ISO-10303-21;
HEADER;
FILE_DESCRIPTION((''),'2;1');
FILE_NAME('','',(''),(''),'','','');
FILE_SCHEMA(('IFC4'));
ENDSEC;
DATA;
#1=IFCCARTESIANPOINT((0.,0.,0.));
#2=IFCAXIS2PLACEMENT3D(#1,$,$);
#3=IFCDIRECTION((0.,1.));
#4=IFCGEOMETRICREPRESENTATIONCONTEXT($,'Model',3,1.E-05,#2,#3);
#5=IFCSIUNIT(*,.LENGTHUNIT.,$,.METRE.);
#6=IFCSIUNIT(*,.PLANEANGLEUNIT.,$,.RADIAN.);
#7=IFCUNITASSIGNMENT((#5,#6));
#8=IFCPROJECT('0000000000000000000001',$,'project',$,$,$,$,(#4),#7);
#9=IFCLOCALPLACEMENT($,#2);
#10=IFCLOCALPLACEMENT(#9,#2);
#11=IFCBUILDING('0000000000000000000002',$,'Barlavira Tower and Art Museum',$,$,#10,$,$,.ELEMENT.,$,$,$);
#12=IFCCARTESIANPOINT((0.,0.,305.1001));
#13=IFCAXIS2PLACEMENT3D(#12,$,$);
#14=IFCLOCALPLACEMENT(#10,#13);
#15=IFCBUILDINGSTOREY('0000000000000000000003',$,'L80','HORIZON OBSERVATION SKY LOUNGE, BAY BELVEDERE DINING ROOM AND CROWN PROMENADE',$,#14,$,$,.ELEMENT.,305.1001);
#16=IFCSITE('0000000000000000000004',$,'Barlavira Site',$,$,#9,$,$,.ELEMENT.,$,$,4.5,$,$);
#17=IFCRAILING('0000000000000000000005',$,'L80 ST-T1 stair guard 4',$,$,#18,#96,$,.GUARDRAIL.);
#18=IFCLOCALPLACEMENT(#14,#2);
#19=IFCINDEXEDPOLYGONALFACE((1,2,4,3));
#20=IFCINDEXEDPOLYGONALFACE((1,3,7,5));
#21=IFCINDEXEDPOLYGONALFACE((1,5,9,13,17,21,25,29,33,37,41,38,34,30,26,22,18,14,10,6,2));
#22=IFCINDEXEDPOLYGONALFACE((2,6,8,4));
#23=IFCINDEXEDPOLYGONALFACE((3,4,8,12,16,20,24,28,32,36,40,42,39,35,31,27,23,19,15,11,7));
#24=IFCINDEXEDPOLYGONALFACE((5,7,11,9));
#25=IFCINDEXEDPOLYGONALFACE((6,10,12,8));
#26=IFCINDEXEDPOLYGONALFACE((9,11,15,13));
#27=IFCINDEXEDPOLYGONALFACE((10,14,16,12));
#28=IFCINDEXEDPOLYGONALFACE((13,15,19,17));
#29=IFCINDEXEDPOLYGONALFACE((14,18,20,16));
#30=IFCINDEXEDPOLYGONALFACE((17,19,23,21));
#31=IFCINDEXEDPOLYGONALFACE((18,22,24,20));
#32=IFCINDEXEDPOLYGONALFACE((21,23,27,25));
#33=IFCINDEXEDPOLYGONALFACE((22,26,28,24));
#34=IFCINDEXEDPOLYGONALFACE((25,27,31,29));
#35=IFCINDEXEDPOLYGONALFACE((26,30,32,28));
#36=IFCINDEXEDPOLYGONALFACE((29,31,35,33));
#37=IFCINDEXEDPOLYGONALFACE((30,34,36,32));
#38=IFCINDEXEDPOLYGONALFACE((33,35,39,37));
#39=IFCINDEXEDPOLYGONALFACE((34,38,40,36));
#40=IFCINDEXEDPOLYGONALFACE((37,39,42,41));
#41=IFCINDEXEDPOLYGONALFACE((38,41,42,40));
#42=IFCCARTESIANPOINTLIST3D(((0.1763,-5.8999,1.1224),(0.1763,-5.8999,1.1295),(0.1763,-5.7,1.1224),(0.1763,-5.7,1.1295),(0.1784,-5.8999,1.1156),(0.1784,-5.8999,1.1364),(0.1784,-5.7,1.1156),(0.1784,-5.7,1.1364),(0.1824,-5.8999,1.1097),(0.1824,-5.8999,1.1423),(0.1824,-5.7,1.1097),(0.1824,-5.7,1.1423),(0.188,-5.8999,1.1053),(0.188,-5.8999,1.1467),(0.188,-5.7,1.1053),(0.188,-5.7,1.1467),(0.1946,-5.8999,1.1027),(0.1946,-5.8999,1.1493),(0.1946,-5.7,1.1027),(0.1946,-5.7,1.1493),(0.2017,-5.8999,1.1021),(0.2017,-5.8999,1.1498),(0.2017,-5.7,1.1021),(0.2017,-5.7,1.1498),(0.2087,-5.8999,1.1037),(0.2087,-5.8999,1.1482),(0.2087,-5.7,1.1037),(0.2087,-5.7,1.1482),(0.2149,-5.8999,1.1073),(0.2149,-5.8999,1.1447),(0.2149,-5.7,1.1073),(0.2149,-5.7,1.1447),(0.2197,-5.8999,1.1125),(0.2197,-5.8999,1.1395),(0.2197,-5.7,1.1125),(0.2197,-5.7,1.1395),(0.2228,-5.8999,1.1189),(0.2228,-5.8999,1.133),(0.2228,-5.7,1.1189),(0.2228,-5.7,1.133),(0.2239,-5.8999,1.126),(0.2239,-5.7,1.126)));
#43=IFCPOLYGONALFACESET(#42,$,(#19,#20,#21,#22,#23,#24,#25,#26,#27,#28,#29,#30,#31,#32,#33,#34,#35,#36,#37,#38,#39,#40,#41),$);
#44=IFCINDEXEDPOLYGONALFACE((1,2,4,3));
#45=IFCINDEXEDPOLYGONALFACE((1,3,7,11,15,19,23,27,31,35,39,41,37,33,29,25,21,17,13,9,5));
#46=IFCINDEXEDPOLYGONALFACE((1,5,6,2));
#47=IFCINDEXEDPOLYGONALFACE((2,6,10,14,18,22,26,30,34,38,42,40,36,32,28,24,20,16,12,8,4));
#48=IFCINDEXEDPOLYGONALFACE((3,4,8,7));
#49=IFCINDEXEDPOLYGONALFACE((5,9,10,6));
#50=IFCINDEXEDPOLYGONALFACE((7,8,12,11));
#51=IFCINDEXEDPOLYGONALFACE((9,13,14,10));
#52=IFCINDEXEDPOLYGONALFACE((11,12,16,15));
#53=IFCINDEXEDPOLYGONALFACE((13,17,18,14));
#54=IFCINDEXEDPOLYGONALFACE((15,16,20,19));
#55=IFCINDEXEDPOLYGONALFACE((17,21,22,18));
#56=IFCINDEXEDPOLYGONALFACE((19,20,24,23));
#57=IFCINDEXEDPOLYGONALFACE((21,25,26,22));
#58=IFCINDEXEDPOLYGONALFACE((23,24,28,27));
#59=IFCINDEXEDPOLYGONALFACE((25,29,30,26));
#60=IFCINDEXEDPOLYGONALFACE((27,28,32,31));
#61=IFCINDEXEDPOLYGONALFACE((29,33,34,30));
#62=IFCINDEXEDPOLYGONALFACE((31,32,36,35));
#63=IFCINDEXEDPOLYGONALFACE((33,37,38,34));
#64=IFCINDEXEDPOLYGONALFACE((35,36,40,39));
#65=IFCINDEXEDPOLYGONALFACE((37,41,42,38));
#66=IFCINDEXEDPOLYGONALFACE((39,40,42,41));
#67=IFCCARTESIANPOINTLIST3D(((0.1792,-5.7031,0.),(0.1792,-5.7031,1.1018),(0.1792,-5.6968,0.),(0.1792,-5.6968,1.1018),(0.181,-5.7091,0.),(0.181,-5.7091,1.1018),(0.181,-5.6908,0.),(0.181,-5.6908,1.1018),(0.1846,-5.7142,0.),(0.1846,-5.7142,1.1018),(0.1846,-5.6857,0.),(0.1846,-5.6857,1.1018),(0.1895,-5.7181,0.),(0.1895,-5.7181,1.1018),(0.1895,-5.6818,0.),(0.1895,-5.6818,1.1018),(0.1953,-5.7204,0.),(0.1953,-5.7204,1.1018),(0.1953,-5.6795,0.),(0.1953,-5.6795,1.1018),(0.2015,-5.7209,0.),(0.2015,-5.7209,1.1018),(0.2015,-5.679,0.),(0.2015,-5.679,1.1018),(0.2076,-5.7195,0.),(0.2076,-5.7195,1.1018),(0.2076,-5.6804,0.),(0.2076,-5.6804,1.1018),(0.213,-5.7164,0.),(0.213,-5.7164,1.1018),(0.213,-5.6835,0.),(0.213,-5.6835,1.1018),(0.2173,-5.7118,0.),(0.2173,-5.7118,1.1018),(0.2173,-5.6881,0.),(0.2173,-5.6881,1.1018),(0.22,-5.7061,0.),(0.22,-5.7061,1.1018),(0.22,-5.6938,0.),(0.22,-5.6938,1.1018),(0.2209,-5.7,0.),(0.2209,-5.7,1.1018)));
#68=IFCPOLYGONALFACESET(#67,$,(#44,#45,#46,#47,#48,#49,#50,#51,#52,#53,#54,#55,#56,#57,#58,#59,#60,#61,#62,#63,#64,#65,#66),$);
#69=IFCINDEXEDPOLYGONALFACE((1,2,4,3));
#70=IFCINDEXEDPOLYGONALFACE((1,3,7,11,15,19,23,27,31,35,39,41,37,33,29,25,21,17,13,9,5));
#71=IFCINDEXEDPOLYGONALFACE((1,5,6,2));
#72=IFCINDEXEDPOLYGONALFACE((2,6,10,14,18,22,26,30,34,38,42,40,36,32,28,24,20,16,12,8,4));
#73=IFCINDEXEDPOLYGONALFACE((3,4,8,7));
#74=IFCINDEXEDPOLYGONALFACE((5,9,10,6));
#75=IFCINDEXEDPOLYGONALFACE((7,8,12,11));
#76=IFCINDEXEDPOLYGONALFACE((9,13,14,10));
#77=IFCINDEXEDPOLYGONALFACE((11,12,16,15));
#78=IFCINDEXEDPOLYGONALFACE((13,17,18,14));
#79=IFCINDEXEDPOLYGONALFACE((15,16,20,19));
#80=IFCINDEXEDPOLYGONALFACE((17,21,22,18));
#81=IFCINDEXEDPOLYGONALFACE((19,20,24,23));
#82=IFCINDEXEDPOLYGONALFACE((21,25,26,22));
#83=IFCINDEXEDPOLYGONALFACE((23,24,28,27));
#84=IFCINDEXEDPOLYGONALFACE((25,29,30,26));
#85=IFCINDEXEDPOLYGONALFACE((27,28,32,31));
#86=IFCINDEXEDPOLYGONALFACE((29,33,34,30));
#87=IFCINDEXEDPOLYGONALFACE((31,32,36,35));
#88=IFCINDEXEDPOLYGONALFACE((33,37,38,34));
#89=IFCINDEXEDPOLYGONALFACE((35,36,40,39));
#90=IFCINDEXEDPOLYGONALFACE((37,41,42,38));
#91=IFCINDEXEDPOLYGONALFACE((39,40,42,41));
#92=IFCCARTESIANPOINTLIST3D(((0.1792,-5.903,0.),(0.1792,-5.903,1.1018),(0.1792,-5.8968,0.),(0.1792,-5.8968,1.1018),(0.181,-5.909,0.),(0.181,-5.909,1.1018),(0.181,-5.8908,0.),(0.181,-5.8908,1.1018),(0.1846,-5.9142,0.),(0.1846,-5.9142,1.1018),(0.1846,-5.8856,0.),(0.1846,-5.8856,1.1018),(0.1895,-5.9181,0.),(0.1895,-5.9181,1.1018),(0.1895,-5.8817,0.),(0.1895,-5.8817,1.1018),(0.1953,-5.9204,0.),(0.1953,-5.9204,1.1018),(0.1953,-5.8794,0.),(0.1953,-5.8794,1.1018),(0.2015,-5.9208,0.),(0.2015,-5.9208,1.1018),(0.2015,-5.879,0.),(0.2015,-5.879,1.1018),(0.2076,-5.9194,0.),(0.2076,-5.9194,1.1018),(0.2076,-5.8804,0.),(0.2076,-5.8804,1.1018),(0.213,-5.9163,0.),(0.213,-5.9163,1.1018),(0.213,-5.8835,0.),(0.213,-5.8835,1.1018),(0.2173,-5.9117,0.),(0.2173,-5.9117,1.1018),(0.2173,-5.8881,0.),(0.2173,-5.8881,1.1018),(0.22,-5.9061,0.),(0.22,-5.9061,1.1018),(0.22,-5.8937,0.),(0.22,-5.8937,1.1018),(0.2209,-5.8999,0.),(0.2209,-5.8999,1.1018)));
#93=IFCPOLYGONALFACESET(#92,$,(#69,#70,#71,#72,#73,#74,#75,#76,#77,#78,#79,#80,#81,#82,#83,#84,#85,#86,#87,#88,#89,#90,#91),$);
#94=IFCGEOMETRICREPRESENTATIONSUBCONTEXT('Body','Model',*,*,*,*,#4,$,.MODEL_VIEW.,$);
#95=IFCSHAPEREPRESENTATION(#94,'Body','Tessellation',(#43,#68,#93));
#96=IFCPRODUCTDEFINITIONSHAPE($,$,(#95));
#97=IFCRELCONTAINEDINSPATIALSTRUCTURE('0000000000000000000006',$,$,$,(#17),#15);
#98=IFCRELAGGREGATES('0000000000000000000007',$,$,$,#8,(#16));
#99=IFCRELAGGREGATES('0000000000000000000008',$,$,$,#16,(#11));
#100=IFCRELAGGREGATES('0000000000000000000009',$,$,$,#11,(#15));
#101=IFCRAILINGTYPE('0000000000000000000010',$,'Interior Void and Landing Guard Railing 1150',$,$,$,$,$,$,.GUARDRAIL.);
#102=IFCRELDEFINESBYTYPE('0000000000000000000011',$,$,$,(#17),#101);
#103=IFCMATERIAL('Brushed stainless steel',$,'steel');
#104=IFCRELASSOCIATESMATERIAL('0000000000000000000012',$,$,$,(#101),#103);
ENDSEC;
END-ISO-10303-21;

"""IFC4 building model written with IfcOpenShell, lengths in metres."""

from ifc_helpers import new_model, si_unit, direction, frame, origin, origin_2d, place, context, subcontext, project, spatial, circle, extrude, material, type_object, element, save


model = new_model("IFC4")

# Units and contexts
model_context = context("Model", 3, precision=1e-05, world=origin(), true_north=direction((0.0, 1.0)))
body_context = subcontext(model_context, "Body", "Model", "MODEL_VIEW")
ifc_project = project(units=[si_unit("LENGTHUNIT", "METRE"), si_unit("PLANEANGLEUNIT", "RADIAN")], contexts=[model_context])

# Site, building, storey
site_placement = place(None, origin())
site = spatial("IfcSite", under=ifc_project, at=site_placement, Name="Barlavira Site", CompositionType="ELEMENT", RefElevation=4.5)
building_placement = place(site_placement, origin())
building = spatial("IfcBuilding", under=site, at=building_placement, Name="Barlavira Tower and Art Museum", CompositionType="ELEMENT")
storey_placement = place(building_placement, frame((0.0, 0.0, 305.1001)))
storey = spatial("IfcBuildingStorey", under=building, at=storey_placement, Name="L80", Description="HORIZON OBSERVATION SKY LOUNGE, BAY BELVEDERE DINING ROOM AND CROWN PROMENADE", CompositionType="ELEMENT", Elevation=305.1001)

# Shared definitions
ifc_material_1 = material(Name="Brushed stainless steel", Category="steel")

# Railing
railing_type_1 = type_object("IfcRailingType", Name="Interior Void and Landing Guard Railing 1150", PredefinedType="GUARDRAIL", material=ifc_material_1)
railing_1_placement = place(storey_placement, frame((0.2, -5.7, 0.0)))
element("IfcRailing", 1, at=railing_1_placement, inside=storey, type_object=railing_type_1, Name="L80 ST-T1 stair guard 4", PredefinedType="GUARDRAIL", context=body_context, shape_type="SweptSolid", body=[
    extrude(circle(Radius=0.0239, at=origin_2d()), frame((0.0, 0.0, 1.126), z_axis=(0.0, -1.0, 0.0), x_axis=(1.0, 0.0, 0.0)), (0.0, 0.0, 1.0), 0.2),
    extrude(circle(Radius=0.021, at=origin_2d()), origin(), (0.0, 0.0, 1.0), 1.1018),
    extrude(circle(Radius=0.021, at=origin_2d()), frame((0.0, -0.2, 0.0)), (0.0, 0.0, 1.0), 1.1018),
])

save(model, "model.ifc")
